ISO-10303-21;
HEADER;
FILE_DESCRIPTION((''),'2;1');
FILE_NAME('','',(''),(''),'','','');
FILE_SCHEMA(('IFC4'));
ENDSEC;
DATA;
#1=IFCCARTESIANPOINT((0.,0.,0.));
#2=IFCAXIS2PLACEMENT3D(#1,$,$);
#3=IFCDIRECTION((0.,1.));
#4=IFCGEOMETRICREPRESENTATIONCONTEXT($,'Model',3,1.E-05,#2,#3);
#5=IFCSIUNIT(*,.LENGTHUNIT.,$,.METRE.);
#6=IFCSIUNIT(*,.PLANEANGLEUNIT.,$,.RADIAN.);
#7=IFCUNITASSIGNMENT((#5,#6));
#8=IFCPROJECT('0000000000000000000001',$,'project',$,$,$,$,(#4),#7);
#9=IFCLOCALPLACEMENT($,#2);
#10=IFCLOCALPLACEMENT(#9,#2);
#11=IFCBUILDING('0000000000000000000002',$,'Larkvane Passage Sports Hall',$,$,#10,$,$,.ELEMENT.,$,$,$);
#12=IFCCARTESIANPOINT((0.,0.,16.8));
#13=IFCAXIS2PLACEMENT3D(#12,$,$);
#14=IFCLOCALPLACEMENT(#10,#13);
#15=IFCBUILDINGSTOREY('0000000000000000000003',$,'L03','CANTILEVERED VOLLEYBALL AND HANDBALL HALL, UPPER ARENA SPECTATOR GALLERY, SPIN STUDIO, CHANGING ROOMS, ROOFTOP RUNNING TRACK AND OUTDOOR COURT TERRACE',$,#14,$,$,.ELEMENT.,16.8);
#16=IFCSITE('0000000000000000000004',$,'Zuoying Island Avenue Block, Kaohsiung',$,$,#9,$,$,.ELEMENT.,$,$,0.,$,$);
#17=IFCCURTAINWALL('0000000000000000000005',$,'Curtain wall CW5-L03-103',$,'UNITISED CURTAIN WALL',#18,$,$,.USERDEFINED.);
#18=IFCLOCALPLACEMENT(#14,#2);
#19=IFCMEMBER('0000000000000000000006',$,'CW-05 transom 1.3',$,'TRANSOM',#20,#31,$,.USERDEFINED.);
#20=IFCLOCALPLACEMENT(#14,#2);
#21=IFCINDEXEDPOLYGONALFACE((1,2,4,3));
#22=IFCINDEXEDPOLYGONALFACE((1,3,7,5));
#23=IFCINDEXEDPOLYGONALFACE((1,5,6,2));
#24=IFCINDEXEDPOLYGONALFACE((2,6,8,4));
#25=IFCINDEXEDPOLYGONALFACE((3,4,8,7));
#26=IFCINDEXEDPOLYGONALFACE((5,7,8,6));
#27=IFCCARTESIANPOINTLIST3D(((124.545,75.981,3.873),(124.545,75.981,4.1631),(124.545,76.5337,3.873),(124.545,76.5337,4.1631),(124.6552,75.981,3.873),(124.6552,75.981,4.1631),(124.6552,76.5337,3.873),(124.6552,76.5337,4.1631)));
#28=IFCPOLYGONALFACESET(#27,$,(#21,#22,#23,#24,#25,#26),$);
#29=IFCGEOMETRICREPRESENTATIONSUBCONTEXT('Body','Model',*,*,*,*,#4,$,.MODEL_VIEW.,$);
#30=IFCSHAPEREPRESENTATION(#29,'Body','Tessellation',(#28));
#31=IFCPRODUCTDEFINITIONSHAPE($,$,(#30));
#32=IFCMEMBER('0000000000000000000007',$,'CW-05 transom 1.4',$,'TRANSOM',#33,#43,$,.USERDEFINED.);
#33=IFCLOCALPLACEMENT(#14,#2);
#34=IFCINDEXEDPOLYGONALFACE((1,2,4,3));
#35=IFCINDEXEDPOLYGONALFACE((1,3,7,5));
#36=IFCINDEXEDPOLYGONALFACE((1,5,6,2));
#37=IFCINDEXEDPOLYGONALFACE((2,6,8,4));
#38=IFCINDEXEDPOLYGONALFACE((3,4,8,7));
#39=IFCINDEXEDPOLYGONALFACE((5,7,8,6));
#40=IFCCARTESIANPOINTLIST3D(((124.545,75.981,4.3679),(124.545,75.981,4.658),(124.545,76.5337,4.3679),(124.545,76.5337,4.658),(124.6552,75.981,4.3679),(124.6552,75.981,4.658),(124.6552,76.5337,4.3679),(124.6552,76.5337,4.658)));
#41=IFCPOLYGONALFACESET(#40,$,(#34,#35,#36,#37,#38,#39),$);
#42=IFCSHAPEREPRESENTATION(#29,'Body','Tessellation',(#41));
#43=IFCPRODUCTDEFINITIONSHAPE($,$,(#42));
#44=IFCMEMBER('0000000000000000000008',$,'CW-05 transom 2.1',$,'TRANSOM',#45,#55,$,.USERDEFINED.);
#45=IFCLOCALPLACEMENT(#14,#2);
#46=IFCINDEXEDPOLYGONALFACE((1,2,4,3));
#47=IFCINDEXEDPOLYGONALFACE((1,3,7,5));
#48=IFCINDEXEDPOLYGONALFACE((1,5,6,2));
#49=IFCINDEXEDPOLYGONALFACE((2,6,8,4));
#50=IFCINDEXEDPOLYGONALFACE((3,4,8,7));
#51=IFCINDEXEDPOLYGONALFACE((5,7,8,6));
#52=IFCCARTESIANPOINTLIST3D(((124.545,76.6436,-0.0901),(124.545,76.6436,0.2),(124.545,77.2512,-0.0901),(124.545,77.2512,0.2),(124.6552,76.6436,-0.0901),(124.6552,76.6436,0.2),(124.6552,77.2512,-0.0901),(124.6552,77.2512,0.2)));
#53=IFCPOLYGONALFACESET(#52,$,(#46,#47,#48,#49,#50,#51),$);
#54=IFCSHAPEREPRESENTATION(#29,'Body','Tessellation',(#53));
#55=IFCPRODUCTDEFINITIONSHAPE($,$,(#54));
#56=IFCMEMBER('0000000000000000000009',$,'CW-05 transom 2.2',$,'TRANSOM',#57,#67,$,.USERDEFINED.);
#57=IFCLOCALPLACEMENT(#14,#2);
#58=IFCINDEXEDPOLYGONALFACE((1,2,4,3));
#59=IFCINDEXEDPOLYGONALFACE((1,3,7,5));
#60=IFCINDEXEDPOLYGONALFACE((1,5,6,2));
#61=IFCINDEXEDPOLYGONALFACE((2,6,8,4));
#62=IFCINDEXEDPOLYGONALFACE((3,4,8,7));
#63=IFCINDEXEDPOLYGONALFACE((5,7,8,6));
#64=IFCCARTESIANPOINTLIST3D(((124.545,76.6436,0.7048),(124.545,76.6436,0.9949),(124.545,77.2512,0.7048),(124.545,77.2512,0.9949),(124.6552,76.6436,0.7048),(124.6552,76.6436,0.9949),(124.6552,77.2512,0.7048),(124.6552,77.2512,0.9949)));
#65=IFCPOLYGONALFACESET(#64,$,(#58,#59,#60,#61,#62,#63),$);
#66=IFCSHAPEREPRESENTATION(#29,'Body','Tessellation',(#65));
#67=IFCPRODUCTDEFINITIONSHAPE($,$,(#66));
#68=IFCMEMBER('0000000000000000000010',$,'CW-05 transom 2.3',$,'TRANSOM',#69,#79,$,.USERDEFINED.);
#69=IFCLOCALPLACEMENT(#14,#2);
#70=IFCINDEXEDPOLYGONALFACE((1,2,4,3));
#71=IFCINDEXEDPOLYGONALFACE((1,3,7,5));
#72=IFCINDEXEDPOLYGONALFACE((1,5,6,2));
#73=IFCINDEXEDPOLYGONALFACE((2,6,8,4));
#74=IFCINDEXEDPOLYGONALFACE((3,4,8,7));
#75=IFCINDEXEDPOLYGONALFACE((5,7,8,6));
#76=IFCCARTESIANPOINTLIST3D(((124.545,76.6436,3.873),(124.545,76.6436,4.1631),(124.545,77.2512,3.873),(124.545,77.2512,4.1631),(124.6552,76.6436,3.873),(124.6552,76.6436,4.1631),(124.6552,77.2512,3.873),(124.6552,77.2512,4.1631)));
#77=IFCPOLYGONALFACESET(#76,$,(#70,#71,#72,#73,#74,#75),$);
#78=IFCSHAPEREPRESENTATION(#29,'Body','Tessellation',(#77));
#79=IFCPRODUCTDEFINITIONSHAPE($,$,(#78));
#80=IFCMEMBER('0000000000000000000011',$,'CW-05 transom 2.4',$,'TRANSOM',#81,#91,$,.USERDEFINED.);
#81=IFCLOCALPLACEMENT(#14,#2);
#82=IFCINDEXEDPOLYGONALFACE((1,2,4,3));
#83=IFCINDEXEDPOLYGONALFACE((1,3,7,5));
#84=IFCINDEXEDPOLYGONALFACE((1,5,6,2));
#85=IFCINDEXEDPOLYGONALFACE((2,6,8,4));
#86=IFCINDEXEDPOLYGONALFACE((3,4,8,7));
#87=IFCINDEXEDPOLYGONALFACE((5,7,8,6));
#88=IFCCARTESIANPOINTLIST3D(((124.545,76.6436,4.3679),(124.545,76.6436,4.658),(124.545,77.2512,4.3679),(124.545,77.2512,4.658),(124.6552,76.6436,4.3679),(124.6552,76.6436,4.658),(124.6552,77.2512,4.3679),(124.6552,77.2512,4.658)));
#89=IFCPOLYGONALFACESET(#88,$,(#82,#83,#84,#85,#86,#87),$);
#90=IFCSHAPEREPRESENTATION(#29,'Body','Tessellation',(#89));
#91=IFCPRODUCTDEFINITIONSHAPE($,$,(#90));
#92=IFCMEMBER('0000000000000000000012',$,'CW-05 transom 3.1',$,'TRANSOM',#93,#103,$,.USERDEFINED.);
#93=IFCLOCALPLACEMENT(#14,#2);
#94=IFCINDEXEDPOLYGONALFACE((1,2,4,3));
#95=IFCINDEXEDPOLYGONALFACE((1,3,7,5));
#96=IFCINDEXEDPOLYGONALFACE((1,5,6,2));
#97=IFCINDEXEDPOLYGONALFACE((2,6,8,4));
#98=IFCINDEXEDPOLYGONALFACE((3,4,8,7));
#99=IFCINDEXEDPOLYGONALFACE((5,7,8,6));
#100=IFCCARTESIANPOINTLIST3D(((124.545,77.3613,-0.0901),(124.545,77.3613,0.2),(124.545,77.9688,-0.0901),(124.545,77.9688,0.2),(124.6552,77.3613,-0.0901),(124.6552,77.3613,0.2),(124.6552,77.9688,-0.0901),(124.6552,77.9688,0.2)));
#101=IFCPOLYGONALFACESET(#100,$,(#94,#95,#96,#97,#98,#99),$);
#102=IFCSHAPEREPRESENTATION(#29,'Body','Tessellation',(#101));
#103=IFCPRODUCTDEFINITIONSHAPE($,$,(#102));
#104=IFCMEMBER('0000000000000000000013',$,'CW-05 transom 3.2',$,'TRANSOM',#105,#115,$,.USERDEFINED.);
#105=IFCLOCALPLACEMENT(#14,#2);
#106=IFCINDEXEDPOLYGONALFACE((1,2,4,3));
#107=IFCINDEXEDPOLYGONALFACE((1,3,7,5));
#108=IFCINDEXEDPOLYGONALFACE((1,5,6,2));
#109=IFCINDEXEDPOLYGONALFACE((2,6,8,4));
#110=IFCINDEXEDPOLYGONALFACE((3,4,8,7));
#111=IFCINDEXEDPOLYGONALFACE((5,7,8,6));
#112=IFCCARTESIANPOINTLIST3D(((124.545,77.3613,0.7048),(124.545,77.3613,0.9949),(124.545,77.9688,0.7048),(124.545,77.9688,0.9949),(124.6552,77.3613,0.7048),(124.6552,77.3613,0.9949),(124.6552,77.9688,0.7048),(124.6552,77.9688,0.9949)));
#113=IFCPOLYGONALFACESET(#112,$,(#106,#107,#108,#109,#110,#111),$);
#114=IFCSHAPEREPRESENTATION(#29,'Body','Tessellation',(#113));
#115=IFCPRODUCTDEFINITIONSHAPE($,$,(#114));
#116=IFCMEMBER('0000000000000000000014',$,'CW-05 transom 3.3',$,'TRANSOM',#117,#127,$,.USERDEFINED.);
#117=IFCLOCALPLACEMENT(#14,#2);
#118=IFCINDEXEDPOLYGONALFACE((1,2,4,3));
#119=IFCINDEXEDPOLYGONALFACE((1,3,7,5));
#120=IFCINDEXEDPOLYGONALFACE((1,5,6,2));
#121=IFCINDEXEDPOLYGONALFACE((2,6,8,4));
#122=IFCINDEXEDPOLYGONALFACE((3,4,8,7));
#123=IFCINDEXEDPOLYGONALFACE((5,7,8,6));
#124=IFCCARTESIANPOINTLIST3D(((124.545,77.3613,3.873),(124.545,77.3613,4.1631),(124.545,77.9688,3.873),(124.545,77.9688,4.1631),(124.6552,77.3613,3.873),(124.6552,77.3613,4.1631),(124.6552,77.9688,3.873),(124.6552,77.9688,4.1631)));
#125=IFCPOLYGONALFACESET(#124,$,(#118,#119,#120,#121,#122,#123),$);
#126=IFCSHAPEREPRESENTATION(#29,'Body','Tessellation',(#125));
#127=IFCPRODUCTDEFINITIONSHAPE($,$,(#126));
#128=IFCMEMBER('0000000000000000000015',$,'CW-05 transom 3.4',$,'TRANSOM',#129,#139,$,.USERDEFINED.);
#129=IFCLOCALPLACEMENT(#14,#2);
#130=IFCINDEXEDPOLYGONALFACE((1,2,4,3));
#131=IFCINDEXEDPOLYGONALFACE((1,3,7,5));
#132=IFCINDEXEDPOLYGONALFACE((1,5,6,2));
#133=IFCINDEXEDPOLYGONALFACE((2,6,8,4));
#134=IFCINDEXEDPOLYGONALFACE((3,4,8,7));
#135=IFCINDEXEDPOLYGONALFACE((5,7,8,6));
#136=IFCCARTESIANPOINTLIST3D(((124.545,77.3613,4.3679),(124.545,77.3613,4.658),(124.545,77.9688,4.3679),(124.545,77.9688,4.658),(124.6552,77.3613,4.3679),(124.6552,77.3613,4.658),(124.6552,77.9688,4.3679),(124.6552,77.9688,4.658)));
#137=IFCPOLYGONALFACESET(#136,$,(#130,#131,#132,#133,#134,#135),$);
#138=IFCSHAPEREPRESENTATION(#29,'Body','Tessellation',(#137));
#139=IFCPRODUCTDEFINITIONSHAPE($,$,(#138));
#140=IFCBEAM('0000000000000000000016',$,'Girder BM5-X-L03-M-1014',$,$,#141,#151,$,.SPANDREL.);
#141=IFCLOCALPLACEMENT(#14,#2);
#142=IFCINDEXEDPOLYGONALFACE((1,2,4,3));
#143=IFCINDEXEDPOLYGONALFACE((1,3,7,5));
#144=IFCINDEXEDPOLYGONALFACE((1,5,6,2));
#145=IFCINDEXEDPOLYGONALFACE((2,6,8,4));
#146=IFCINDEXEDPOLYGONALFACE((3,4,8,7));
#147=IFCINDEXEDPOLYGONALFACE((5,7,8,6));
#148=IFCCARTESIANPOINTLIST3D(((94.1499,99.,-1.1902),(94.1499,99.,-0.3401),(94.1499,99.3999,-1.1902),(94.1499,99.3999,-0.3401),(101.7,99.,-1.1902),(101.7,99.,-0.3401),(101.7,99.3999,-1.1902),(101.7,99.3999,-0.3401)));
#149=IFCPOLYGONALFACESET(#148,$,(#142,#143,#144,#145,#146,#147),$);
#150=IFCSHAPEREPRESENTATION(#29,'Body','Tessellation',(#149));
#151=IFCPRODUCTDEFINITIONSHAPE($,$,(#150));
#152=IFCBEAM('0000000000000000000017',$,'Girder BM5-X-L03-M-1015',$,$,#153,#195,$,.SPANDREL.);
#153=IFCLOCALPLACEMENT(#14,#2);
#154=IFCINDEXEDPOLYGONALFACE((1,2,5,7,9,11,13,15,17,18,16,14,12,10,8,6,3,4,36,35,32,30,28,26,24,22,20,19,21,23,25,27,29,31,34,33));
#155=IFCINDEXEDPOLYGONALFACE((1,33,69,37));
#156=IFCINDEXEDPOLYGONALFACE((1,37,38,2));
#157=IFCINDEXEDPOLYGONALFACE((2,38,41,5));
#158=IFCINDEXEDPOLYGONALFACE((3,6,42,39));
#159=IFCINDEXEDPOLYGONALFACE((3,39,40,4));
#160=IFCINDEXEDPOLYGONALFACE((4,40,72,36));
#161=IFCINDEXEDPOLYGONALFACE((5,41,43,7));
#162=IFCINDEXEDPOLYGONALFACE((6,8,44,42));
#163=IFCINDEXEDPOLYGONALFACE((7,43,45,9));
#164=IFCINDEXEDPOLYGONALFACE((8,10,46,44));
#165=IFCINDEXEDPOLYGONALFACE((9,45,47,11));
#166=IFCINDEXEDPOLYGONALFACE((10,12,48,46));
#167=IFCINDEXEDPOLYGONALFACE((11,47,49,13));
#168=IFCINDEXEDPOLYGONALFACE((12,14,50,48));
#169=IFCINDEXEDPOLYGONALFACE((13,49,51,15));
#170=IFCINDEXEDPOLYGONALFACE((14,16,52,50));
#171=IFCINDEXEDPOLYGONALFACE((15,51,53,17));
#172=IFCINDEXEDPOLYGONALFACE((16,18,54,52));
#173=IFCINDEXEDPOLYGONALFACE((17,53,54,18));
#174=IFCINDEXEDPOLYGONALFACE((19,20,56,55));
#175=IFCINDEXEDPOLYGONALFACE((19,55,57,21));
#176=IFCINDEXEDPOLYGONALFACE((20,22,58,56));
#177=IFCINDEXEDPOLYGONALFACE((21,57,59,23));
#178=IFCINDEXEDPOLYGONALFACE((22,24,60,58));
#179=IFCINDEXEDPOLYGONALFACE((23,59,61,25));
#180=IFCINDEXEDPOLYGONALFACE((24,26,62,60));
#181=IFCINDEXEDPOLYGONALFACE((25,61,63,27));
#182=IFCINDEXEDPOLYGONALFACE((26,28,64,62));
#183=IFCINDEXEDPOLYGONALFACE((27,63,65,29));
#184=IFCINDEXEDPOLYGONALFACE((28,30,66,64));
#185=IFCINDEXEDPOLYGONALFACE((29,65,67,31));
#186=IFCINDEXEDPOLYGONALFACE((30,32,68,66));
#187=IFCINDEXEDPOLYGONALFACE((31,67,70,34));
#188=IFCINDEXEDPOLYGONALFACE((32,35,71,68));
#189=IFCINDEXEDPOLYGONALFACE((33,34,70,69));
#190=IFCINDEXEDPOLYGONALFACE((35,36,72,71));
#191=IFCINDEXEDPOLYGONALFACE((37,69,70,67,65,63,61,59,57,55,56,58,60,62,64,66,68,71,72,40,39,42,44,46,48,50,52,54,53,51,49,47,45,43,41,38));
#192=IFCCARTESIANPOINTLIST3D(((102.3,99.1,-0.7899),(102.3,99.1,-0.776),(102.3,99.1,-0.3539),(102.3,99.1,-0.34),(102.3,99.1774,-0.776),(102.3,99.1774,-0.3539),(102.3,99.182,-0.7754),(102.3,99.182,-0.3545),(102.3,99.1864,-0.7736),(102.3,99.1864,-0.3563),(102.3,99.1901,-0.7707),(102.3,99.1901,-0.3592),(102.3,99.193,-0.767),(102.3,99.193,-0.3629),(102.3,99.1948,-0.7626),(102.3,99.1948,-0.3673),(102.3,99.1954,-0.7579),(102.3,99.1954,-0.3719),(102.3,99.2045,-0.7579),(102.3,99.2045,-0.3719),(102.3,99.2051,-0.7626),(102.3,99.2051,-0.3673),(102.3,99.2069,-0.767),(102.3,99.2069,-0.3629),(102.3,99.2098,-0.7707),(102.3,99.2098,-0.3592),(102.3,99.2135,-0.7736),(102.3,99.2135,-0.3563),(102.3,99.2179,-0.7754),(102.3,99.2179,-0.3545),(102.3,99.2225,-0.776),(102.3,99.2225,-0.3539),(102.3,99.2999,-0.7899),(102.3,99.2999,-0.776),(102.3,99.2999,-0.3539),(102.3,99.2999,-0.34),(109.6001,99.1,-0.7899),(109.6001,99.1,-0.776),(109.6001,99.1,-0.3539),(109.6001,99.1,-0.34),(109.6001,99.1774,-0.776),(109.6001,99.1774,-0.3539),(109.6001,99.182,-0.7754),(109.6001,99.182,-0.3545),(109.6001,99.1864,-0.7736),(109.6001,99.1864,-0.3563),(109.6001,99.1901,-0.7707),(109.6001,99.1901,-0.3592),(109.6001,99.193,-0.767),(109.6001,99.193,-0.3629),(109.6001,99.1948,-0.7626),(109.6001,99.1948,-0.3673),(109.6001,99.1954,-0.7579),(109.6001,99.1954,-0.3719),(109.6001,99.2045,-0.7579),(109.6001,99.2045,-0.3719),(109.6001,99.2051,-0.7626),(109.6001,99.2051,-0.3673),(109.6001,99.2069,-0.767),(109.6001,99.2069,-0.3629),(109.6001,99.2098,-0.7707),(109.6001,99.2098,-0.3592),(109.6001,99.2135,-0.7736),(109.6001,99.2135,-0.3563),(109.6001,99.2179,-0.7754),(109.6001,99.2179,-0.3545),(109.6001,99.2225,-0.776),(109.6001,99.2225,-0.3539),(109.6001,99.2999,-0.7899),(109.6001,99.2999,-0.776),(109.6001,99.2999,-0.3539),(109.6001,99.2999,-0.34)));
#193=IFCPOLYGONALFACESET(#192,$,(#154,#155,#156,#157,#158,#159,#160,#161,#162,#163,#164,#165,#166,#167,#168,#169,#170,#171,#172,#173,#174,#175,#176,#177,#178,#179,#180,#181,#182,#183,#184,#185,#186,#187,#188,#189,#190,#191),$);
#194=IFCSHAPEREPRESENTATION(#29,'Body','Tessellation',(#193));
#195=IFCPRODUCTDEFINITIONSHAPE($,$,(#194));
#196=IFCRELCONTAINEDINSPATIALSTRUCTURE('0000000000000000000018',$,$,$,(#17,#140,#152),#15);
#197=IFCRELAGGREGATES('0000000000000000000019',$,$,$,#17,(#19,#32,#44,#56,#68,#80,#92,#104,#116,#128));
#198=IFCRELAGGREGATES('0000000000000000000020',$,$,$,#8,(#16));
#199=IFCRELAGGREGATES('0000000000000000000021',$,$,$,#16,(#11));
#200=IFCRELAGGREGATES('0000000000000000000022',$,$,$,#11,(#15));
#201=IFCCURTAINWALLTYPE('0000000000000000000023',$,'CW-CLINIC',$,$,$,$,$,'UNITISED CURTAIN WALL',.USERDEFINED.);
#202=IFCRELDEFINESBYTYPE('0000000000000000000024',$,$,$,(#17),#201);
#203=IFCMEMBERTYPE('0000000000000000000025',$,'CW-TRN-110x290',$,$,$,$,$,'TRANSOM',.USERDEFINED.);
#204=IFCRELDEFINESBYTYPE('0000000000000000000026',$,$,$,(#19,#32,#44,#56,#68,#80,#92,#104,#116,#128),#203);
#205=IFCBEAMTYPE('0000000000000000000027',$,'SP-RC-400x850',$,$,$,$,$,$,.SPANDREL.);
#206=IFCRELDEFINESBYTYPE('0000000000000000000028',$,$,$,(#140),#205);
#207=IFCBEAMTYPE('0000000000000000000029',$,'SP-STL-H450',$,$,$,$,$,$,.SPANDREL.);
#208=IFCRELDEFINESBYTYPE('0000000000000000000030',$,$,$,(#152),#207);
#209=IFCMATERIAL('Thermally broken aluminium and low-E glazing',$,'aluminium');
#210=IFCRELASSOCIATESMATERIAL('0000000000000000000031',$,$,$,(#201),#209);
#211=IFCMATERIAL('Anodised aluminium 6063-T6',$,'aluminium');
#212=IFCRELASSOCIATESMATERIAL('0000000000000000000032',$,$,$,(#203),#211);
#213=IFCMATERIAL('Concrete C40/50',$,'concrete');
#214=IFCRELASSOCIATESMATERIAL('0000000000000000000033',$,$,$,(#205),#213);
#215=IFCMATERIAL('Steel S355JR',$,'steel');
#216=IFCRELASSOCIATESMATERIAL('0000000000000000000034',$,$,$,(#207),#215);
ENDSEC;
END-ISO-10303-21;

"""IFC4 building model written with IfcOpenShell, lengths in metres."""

from ifc_helpers import new_model, si_unit, direction, frame, origin, origin_2d, place, context, subcontext, project, spatial, rectangle, i_section, extrude, material, material_profile, profile_set, type_object, element, aggregate, save


model = new_model("IFC4")

# Units and contexts
model_context = context("Model", 3, precision=1e-05, world=origin(), true_north=direction((0.0, 1.0)))
body_context = subcontext(model_context, "Body", "Model", "MODEL_VIEW")
ifc_project = project(units=[si_unit("LENGTHUNIT", "METRE"), si_unit("PLANEANGLEUNIT", "RADIAN")], contexts=[model_context])

# Site, building, storey
site_placement = place(None, origin())
site = spatial("IfcSite", under=ifc_project, at=site_placement, Name="Zuoying Island Avenue Block, Kaohsiung", CompositionType="ELEMENT", RefElevation=0.0)
building_placement = place(site_placement, origin())
building = spatial("IfcBuilding", under=site, at=building_placement, Name="Larkvane Passage Sports Hall", CompositionType="ELEMENT")
storey_placement = place(building_placement, frame((0.0, 0.0, 16.8)))
storey = spatial("IfcBuildingStorey", under=building, at=storey_placement, Name="L03", Description="CANTILEVERED VOLLEYBALL AND HANDBALL HALL, UPPER ARENA SPECTATOR GALLERY, SPIN STUDIO, CHANGING ROOMS, ROOFTOP RUNNING TRACK AND OUTDOOR COURT TERRACE", CompositionType="ELEMENT", Elevation=16.8)

# Shared definitions
ifc_material_1 = material(Name="Concrete C40/50", Category="concrete")
ifc_material_2 = material(Name="Steel S355JR", Category="steel")

# Curtain wall, members
ifc_material_3 = material(Name="Thermally broken aluminium and low-E glazing", Category="aluminium")
curtain_wall_type = type_object("IfcCurtainWallType", Name="CW-CLINIC", ElementType="UNITISED CURTAIN WALL", PredefinedType="USERDEFINED", material=ifc_material_3)
curtain_wall_placement = place(storey_placement, origin())
curtain_wall = element("IfcCurtainWall", 1, at=curtain_wall_placement, inside=storey, type_object=curtain_wall_type, Name="Curtain wall CW5-L03-103", ObjectType="UNITISED CURTAIN WALL", PredefinedType="USERDEFINED")
ifc_material_4 = material(Name="Anodised aluminium 6063-T6", Category="aluminium")
ifc_material_profile_1 = material_profile(ifc_material_4, rectangle(XDim=0.1101, YDim=0.29, at=origin_2d()), Name="ALU-TRN-110x290")
ifc_profile_set_1 = profile_set([ifc_material_profile_1], Name="Anodised aluminium 6063-T6")
member_type_1 = type_object("IfcMemberType", Name="CW-TRN-110x290", ElementType="TRANSOM", PredefinedType="USERDEFINED", material=ifc_profile_set_1)
member_1_placement = place(storey_placement, frame((124.6001, 75.981, 4.0181), z_axis=(0.0, 1.0, 0.0), x_axis=(-1.0, 0.0, 0.0)))
member_1 = element("IfcMember", 2, at=member_1_placement, type_object=member_type_1, Name="CW-05 transom 1.3", ObjectType="TRANSOM", PredefinedType="USERDEFINED", context=body_context, shape_type="SweptSolid", body=[
    extrude(rectangle(XDim=0.1101, YDim=0.29, at=origin_2d()), origin(), (0.0, 0.0, 1.0), 0.5527),
])
member_2_placement = place(storey_placement, frame((124.6001, 75.981, 4.5129), z_axis=(0.0, 1.0, 0.0), x_axis=(-1.0, 0.0, 0.0)))
member_2 = element("IfcMember", 3, at=member_2_placement, type_object=member_type_1, Name="CW-05 transom 1.4", ObjectType="TRANSOM", PredefinedType="USERDEFINED", context=body_context, shape_type="SweptSolid", body=[
    extrude(rectangle(XDim=0.1101, YDim=0.29, at=origin_2d()), origin(), (0.0, 0.0, 1.0), 0.5527),
])
member_3_placement = place(storey_placement, frame((124.6001, 76.6436, 0.0549), z_axis=(0.0, 1.0, 0.0), x_axis=(-1.0, 0.0, 0.0)))
member_3 = element("IfcMember", 4, at=member_3_placement, type_object=member_type_1, Name="CW-05 transom 2.1", ObjectType="TRANSOM", PredefinedType="USERDEFINED", context=body_context, shape_type="SweptSolid", body=[
    extrude(rectangle(XDim=0.1101, YDim=0.29, at=origin_2d()), origin(), (0.0, 0.0, 1.0), 0.6077),
])
member_4_placement = place(storey_placement, frame((124.6001, 76.6436, 0.8499), z_axis=(0.0, 1.0, 0.0), x_axis=(-1.0, 0.0, 0.0)))
member_4 = element("IfcMember", 5, at=member_4_placement, type_object=member_type_1, Name="CW-05 transom 2.2", ObjectType="TRANSOM", PredefinedType="USERDEFINED", context=body_context, shape_type="SweptSolid", body=[
    extrude(rectangle(XDim=0.1101, YDim=0.29, at=origin_2d()), origin(), (0.0, 0.0, 1.0), 0.6077),
])
member_5_placement = place(storey_placement, frame((124.6001, 76.6436, 4.0181), z_axis=(0.0, 1.0, 0.0), x_axis=(-1.0, 0.0, 0.0)))
member_5 = element("IfcMember", 6, at=member_5_placement, type_object=member_type_1, Name="CW-05 transom 2.3", ObjectType="TRANSOM", PredefinedType="USERDEFINED", context=body_context, shape_type="SweptSolid", body=[
    extrude(rectangle(XDim=0.1101, YDim=0.29, at=origin_2d()), origin(), (0.0, 0.0, 1.0), 0.6077),
])
member_6_placement = place(storey_placement, frame((124.6001, 76.6436, 4.5129), z_axis=(0.0, 1.0, 0.0), x_axis=(-1.0, 0.0, 0.0)))
member_6 = element("IfcMember", 7, at=member_6_placement, type_object=member_type_1, Name="CW-05 transom 2.4", ObjectType="TRANSOM", PredefinedType="USERDEFINED", context=body_context, shape_type="SweptSolid", body=[
    extrude(rectangle(XDim=0.1101, YDim=0.29, at=origin_2d()), origin(), (0.0, 0.0, 1.0), 0.6077),
])
member_7_placement = place(storey_placement, frame((124.6001, 77.3613, 0.0549), z_axis=(0.0, 1.0, 0.0), x_axis=(-1.0, 0.0, 0.0)))
member_7 = element("IfcMember", 8, at=member_7_placement, type_object=member_type_1, Name="CW-05 transom 3.1", ObjectType="TRANSOM", PredefinedType="USERDEFINED", context=body_context, shape_type="SweptSolid", body=[
    extrude(rectangle(XDim=0.1101, YDim=0.29, at=origin_2d()), origin(), (0.0, 0.0, 1.0), 0.6074),
])
member_8_placement = place(storey_placement, frame((124.6001, 77.3613, 0.8499), z_axis=(0.0, 1.0, 0.0), x_axis=(-1.0, 0.0, 0.0)))
member_8 = element("IfcMember", 9, at=member_8_placement, type_object=member_type_1, Name="CW-05 transom 3.2", ObjectType="TRANSOM", PredefinedType="USERDEFINED", context=body_context, shape_type="SweptSolid", body=[
    extrude(rectangle(XDim=0.1101, YDim=0.29, at=origin_2d()), origin(), (0.0, 0.0, 1.0), 0.6074),
])
member_9_placement = place(storey_placement, frame((124.6001, 77.3613, 4.0181), z_axis=(0.0, 1.0, 0.0), x_axis=(-1.0, 0.0, 0.0)))
member_9 = element("IfcMember", 10, at=member_9_placement, type_object=member_type_1, Name="CW-05 transom 3.3", ObjectType="TRANSOM", PredefinedType="USERDEFINED", context=body_context, shape_type="SweptSolid", body=[
    extrude(rectangle(XDim=0.1101, YDim=0.29, at=origin_2d()), origin(), (0.0, 0.0, 1.0), 0.6074),
])
member_10_placement = place(storey_placement, frame((124.6001, 77.3613, 4.5129), z_axis=(0.0, 1.0, 0.0), x_axis=(-1.0, 0.0, 0.0)))
member_10 = element("IfcMember", 11, at=member_10_placement, type_object=member_type_1, Name="CW-05 transom 3.4", ObjectType="TRANSOM", PredefinedType="USERDEFINED", context=body_context, shape_type="SweptSolid", body=[
    extrude(rectangle(XDim=0.1101, YDim=0.29, at=origin_2d()), origin(), (0.0, 0.0, 1.0), 0.6074),
])

# Beams
ifc_material_profile_2 = material_profile(ifc_material_1, rectangle(XDim=0.3999, YDim=0.8501, at=origin_2d()), Name="RC-SP-400x850")
ifc_profile_set_2 = profile_set([ifc_material_profile_2], Name="Concrete C40/50")
beam_type_1 = type_object("IfcBeamType", Name="SP-RC-400x850", PredefinedType="SPANDREL", material=ifc_profile_set_2)
beam_1_placement = place(storey_placement, frame((94.1499, 99.2, -0.7651), z_axis=(1.0, 0.0, 0.0), x_axis=(0.0, 1.0, 0.0)))
element("IfcBeam", 12, at=beam_1_placement, inside=storey, type_object=beam_type_1, Name="Girder BM5-X-L03-M-1014", PredefinedType="SPANDREL", context=body_context, shape_type="SweptSolid", body=[
    extrude(rectangle(XDim=0.3999, YDim=0.8501, at=origin_2d()), origin(), (0.0, 0.0, 1.0), 7.55),
])
ifc_material_profile_3 = material_profile(ifc_material_2, i_section(OverallWidth=0.2, OverallDepth=0.45, WebThickness=0.009, FlangeThickness=0.0139, FilletRadius=0.0181, at=origin_2d()), Name="H-450x200x9x14")
ifc_profile_set_3 = profile_set([ifc_material_profile_3], Name="Steel S355JR")
beam_type_2 = type_object("IfcBeamType", Name="SP-STL-H450", PredefinedType="SPANDREL", material=ifc_profile_set_3)
beam_2_placement = place(storey_placement, frame((102.3, 99.2, -0.5649), z_axis=(1.0, 0.0, 0.0), x_axis=(0.0, 1.0, 0.0)))
element("IfcBeam", 13, at=beam_2_placement, inside=storey, type_object=beam_type_2, Name="Girder BM5-X-L03-M-1015", PredefinedType="SPANDREL", context=body_context, shape_type="SweptSolid", body=[
    extrude(i_section(OverallWidth=0.2, OverallDepth=0.45, WebThickness=0.009, FlangeThickness=0.0139, FilletRadius=0.0181, at=origin_2d()), origin(), (0.0, 0.0, 1.0), 7.3),
])

aggregate(curtain_wall, [member_1, member_2, member_3, member_4, member_5, member_6, member_7, member_8, member_9, member_10])

save(model, "model.ifc")
